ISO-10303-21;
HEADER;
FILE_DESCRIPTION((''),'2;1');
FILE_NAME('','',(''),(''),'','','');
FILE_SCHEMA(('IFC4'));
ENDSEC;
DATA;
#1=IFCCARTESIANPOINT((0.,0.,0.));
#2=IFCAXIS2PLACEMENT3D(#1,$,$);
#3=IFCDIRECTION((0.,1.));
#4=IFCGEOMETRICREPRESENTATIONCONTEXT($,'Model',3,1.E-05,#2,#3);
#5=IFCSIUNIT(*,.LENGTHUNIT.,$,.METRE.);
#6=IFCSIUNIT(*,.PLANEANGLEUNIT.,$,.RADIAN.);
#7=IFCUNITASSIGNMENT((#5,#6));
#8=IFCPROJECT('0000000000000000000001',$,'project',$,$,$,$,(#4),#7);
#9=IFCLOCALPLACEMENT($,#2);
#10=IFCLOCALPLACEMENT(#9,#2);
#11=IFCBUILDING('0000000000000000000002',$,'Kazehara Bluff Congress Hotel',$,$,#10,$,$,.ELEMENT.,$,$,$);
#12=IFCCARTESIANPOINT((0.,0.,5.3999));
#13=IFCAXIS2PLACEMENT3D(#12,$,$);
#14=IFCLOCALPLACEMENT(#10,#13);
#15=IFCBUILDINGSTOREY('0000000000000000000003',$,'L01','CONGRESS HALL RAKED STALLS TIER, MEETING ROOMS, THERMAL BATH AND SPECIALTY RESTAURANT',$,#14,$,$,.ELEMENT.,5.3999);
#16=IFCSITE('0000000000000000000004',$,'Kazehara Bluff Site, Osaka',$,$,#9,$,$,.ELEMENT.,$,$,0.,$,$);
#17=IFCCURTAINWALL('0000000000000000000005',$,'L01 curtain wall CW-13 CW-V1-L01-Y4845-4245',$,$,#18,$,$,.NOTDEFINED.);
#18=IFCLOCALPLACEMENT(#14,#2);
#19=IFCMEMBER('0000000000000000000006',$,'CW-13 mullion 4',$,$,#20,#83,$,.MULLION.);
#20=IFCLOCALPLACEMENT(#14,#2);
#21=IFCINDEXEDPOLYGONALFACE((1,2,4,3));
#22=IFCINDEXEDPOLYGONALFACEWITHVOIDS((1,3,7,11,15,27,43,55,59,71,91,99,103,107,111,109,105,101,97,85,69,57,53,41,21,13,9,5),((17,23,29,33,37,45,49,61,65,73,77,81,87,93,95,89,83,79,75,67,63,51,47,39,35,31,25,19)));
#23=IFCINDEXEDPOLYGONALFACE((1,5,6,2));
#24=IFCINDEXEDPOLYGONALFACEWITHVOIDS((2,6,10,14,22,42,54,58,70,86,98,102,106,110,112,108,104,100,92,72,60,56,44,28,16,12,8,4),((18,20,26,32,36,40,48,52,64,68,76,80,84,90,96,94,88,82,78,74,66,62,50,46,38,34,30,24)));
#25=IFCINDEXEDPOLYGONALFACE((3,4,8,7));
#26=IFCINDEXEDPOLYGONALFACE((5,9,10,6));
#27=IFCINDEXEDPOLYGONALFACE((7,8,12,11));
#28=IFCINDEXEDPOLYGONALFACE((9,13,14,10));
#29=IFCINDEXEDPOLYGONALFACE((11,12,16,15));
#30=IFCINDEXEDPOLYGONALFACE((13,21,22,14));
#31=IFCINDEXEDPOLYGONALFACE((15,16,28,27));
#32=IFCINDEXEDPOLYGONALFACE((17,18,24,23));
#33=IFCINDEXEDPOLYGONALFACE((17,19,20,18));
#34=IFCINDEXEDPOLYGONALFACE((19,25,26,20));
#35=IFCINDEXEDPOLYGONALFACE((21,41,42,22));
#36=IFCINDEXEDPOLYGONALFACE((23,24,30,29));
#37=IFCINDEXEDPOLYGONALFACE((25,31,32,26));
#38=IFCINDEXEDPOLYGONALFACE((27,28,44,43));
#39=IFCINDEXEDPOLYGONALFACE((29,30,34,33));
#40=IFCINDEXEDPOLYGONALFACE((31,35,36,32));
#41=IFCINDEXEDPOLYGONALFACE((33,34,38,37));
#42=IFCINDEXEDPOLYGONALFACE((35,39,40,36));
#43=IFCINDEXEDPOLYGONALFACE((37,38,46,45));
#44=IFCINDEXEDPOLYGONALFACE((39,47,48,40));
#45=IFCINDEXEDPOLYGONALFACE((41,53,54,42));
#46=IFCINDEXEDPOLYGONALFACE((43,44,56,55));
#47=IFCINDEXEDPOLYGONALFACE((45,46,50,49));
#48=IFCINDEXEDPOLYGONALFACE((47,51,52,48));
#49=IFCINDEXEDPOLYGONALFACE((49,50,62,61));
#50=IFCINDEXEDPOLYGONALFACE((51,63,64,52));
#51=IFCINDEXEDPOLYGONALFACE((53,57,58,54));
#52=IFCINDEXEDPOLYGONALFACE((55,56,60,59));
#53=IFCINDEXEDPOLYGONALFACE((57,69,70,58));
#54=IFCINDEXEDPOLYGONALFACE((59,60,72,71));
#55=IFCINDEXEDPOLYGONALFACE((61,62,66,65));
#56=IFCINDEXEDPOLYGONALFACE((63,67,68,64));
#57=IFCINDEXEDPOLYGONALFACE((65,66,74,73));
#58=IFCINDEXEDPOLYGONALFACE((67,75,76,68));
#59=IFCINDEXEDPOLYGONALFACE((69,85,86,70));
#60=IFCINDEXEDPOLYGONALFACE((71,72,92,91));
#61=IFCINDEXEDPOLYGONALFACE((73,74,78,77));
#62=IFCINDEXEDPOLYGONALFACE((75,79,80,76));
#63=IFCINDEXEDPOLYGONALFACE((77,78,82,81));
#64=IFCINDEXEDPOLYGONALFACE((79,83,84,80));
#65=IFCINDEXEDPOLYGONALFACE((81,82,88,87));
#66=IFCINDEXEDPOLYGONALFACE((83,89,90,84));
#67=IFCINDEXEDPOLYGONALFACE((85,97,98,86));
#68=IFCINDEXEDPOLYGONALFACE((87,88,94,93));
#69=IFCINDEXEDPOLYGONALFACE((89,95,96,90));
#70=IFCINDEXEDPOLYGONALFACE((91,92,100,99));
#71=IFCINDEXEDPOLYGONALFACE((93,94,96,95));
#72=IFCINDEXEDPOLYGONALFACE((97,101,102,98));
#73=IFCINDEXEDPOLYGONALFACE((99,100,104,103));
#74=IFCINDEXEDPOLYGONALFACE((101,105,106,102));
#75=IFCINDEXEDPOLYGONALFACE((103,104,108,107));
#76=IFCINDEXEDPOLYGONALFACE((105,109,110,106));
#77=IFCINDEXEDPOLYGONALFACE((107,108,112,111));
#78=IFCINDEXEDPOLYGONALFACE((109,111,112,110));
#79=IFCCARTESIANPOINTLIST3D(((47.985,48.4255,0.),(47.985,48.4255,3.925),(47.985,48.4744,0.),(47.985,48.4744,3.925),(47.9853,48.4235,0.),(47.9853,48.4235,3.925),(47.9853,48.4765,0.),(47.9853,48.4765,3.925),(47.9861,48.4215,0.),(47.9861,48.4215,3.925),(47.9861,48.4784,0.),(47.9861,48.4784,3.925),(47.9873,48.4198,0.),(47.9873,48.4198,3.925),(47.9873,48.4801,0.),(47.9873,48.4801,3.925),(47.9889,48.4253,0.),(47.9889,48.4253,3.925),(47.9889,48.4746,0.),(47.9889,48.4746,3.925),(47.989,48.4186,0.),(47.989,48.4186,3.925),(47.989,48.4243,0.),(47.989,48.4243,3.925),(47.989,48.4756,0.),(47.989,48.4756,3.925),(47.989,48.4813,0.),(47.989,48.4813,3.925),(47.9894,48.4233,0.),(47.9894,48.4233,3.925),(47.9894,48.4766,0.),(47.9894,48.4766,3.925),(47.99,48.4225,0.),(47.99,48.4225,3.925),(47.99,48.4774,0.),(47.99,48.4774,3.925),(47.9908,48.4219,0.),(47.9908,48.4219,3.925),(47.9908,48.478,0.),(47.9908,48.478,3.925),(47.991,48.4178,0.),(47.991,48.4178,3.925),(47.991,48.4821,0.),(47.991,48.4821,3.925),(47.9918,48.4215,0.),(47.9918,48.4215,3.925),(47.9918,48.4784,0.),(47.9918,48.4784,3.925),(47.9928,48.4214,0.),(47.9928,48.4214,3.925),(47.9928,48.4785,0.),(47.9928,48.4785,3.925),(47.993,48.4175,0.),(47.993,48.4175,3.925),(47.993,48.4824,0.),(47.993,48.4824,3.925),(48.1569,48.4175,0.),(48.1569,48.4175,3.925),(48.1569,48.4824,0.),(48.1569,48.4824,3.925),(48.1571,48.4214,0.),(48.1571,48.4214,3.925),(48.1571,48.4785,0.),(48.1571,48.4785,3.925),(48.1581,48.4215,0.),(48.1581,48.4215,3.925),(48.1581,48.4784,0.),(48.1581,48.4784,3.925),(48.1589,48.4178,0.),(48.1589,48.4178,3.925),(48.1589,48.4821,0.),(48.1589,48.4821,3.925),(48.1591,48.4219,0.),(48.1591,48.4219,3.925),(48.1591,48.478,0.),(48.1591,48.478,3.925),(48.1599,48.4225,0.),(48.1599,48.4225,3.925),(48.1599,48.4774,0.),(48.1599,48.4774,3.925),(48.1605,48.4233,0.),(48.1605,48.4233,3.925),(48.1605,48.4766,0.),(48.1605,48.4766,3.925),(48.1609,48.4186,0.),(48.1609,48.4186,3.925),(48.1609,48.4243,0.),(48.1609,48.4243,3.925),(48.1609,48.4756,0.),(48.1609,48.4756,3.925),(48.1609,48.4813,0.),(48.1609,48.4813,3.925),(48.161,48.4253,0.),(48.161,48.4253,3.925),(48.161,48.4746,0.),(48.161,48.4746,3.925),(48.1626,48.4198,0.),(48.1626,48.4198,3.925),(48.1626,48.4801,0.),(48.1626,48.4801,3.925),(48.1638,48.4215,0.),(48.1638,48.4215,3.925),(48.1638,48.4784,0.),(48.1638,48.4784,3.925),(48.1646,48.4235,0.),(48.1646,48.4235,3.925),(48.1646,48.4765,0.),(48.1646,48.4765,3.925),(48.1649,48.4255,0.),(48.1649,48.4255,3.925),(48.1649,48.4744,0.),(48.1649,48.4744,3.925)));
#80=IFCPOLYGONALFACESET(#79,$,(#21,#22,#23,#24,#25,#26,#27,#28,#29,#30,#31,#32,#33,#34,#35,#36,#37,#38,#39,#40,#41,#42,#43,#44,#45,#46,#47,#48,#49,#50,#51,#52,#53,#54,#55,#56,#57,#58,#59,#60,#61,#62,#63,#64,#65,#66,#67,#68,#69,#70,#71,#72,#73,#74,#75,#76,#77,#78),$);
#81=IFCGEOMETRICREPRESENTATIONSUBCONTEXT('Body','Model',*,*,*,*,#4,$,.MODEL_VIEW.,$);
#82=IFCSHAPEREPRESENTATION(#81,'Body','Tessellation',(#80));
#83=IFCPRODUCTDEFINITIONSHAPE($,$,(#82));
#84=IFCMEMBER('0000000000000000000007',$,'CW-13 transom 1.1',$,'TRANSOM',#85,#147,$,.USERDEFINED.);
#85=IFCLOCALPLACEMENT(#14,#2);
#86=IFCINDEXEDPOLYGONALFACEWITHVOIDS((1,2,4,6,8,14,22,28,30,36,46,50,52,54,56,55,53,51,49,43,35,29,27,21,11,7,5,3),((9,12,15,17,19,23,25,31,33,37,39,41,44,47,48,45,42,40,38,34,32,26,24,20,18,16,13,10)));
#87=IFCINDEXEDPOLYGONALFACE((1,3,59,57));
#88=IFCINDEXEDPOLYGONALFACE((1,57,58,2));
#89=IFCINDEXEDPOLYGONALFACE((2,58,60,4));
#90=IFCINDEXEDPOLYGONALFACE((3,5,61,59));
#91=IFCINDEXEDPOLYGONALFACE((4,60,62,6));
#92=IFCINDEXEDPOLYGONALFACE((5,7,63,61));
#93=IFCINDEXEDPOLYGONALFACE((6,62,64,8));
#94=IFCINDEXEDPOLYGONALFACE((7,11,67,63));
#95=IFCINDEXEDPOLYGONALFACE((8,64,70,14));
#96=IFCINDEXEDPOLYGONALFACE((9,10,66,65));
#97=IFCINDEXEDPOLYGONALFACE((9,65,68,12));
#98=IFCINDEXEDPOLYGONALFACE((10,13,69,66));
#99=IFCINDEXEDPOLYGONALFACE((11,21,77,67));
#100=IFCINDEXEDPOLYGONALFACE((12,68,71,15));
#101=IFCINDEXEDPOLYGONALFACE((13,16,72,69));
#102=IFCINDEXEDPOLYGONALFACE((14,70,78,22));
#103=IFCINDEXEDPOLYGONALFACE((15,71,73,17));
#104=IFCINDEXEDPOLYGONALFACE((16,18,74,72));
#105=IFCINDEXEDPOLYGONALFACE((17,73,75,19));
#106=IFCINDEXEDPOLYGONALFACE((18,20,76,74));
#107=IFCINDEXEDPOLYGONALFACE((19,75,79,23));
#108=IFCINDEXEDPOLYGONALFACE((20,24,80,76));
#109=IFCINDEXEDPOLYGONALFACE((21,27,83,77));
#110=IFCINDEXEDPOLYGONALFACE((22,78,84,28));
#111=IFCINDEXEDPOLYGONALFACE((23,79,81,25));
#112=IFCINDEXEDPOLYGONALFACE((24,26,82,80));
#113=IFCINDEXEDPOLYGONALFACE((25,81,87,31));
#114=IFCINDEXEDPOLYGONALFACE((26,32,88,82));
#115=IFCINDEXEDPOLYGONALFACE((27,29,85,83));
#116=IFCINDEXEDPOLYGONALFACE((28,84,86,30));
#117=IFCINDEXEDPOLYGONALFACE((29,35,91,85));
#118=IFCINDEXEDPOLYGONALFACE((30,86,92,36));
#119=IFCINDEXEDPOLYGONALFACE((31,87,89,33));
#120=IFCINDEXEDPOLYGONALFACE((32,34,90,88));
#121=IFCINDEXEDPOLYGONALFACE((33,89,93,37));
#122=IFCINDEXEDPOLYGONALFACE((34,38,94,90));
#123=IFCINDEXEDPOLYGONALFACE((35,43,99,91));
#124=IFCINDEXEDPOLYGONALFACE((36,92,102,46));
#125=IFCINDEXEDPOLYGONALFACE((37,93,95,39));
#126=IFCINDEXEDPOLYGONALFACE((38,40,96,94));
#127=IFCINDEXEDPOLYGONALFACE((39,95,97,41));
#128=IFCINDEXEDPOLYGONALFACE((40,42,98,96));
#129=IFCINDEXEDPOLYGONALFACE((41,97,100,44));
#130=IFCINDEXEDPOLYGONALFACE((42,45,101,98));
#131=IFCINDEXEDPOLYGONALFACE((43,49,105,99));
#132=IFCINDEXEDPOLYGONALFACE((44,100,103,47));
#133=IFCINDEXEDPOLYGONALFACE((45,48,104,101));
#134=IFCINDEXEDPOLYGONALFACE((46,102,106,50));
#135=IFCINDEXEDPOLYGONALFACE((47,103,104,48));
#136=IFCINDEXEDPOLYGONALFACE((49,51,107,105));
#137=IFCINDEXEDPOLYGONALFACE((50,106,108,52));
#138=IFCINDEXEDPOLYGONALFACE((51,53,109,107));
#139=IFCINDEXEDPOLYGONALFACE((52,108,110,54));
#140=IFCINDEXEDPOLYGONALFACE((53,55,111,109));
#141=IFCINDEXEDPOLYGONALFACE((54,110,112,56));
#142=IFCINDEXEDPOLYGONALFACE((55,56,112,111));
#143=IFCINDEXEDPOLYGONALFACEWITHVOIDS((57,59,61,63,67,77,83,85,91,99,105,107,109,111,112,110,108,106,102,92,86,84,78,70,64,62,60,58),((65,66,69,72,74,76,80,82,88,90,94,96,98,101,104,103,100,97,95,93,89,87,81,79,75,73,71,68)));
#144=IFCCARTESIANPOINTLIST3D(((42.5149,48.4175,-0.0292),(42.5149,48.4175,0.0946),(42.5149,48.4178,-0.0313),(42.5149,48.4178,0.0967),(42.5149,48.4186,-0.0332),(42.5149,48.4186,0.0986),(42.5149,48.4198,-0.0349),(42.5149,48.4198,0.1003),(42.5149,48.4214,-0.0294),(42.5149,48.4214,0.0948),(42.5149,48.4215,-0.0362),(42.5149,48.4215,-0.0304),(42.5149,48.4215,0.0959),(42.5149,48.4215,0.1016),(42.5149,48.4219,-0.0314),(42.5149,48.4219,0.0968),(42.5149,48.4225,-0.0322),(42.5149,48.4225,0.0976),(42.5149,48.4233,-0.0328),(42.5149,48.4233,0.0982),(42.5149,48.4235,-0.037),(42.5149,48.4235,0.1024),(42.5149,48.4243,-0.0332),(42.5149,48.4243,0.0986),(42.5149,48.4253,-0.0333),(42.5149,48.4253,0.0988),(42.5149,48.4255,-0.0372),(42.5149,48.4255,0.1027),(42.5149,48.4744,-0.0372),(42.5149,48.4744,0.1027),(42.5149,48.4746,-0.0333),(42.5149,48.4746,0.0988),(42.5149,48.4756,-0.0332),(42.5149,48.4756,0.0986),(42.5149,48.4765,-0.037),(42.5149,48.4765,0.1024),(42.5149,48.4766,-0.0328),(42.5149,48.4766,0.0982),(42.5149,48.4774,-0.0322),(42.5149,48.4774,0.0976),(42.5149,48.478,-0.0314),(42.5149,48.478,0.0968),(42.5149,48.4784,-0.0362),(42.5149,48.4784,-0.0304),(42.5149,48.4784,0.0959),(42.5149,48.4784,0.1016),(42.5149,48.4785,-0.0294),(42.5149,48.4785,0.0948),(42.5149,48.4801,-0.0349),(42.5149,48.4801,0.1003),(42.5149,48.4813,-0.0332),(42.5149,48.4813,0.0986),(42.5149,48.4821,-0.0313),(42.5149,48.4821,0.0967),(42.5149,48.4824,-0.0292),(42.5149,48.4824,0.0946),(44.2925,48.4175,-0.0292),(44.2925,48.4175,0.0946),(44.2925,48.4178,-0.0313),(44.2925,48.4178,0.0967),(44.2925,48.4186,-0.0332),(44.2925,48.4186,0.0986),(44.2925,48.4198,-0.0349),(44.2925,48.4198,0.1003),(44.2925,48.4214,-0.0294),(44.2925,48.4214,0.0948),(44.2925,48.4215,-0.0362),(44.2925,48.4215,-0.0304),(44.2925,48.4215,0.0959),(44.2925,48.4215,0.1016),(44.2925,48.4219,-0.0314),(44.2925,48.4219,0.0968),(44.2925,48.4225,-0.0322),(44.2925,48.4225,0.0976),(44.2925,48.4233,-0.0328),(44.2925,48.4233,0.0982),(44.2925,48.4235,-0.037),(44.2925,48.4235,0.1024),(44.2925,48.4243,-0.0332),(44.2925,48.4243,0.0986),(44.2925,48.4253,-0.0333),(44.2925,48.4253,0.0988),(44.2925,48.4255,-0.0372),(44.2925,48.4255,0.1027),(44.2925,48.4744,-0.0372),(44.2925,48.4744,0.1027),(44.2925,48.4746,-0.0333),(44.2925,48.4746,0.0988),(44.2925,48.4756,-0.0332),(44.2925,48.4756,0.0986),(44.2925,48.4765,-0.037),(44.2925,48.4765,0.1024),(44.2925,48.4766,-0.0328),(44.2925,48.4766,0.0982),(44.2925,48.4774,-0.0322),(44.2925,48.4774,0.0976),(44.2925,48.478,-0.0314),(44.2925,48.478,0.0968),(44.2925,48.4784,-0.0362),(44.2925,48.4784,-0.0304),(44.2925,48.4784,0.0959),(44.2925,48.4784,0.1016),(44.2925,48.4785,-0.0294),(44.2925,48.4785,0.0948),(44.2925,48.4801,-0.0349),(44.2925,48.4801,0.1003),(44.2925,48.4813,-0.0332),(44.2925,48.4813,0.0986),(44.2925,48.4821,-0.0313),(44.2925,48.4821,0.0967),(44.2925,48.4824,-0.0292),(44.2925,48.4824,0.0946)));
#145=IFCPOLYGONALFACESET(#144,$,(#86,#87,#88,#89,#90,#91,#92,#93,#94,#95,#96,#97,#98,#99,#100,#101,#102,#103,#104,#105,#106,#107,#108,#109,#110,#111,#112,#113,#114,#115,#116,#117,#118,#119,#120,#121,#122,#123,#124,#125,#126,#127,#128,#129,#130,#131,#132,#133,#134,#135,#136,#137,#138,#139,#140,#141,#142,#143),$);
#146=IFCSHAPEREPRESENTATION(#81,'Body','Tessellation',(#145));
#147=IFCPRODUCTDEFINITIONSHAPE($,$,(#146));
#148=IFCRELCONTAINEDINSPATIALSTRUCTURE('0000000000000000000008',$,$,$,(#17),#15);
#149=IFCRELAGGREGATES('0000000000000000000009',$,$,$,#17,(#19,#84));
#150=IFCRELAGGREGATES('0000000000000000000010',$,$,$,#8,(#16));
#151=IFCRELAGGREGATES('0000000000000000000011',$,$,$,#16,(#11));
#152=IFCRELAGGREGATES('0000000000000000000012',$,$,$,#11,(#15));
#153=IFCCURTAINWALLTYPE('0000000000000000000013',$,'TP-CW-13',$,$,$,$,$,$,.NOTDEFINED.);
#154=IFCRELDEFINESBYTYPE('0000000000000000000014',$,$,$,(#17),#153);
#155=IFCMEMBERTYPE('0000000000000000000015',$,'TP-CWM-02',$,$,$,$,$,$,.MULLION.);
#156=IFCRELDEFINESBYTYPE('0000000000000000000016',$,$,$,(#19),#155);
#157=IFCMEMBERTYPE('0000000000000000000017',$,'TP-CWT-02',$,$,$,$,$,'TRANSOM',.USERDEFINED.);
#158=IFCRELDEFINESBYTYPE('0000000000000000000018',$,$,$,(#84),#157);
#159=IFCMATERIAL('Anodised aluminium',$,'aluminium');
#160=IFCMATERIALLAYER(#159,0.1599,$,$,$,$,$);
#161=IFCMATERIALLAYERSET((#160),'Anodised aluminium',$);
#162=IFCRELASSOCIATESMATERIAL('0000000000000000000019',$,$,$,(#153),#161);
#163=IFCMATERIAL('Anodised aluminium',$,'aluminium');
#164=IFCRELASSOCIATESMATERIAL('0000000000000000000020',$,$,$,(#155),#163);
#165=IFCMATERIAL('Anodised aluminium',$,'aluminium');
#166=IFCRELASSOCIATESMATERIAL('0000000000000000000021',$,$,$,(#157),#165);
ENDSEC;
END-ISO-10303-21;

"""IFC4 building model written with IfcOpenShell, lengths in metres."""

from ifc_helpers import new_model, si_unit, direction, frame, origin, origin_2d, place, context, subcontext, project, spatial, hollow_rectangle, extrude, material, layer, layer_set, material_profile, profile_set, type_object, element, aggregate, save


model = new_model("IFC4")

# Units and contexts
model_context = context("Model", 3, precision=1e-05, world=origin(), true_north=direction((0.0, 1.0)))
body_context = subcontext(model_context, "Body", "Model", "MODEL_VIEW")
ifc_project = project(units=[si_unit("LENGTHUNIT", "METRE"), si_unit("PLANEANGLEUNIT", "RADIAN")], contexts=[model_context])

# Site, building, storey
site_placement = place(None, origin())
site = spatial("IfcSite", under=ifc_project, at=site_placement, Name="Kazehara Bluff Site, Osaka", CompositionType="ELEMENT", RefElevation=0.0)
building_placement = place(site_placement, origin())
building = spatial("IfcBuilding", under=site, at=building_placement, Name="Kazehara Bluff Congress Hotel", CompositionType="ELEMENT")
storey_placement = place(building_placement, frame((0.0, 0.0, 5.3999)))
storey = spatial("IfcBuildingStorey", under=building, at=storey_placement, Name="L01", Description="CONGRESS HALL RAKED STALLS TIER, MEETING ROOMS, THERMAL BATH AND SPECIALTY RESTAURANT", CompositionType="ELEMENT", Elevation=5.3999)

# Curtain wall, members
ifc_material_1 = material(Name="Anodised aluminium", Category="aluminium")
ifc_layer_1 = layer(ifc_material_1, 0.1599)
ifc_layer_set_1 = layer_set([ifc_layer_1], Name="Anodised aluminium")
curtain_wall_type = type_object("IfcCurtainWallType", Name="TP-CW-13", PredefinedType="NOTDEFINED", material=ifc_layer_set_1)
curtain_wall_placement = place(storey_placement, origin())
curtain_wall = element("IfcCurtainWall", 1, at=curtain_wall_placement, inside=storey, type_object=curtain_wall_type, Name="L01 curtain wall CW-13 CW-V1-L01-Y4845-4245", PredefinedType="NOTDEFINED")
ifc_material_2 = material(Name="Anodised aluminium", Category="aluminium")
ifc_material_profile_1 = material_profile(ifc_material_2, hollow_rectangle(XDim=0.0649, YDim=0.1799, WallThickness=0.0039, InnerFilletRadius=0.0039, OuterFilletRadius=0.0081, at=origin_2d()))
ifc_profile_set_1 = profile_set([ifc_material_profile_1], Name="Anodised aluminium")
member_type_1 = type_object("IfcMemberType", Name="TP-CWM-02", PredefinedType="MULLION", material=ifc_profile_set_1)
member_1_placement = place(storey_placement, frame((48.075, 48.45, 0.0), z_axis=(0.0, 0.0, 1.0), x_axis=(0.0, 1.0, 0.0)))
member_1 = element("IfcMember", 2, at=member_1_placement, type_object=member_type_1, Name="CW-13 mullion 4", PredefinedType="MULLION", context=body_context, shape_type="SweptSolid", body=[
    extrude(hollow_rectangle(XDim=0.0649, YDim=0.1799, WallThickness=0.0039, InnerFilletRadius=0.0039, OuterFilletRadius=0.0081, at=origin_2d()), origin(), (0.0, 0.0, 1.0), 3.925),
])
ifc_material_3 = material(Name="Anodised aluminium", Category="aluminium")
ifc_material_profile_2 = material_profile(ifc_material_3, hollow_rectangle(XDim=0.0649, YDim=0.1399, WallThickness=0.0039, InnerFilletRadius=0.0039, OuterFilletRadius=0.0081, at=origin_2d()))
ifc_profile_set_2 = profile_set([ifc_material_profile_2], Name="Anodised aluminium")
member_type_2 = type_object("IfcMemberType", Name="TP-CWT-02", ElementType="TRANSOM", PredefinedType="USERDEFINED", material=ifc_profile_set_2)
member_2_placement = place(storey_placement, frame((42.5149, 48.45, 0.0327), z_axis=(1.0, 0.0, 0.0), x_axis=(0.0, 1.0, 0.0)))
member_2 = element("IfcMember", 3, at=member_2_placement, type_object=member_type_2, Name="CW-13 transom 1.1", ObjectType="TRANSOM", PredefinedType="USERDEFINED", context=body_context, shape_type="SweptSolid", body=[
    extrude(hollow_rectangle(XDim=0.0649, YDim=0.1399, WallThickness=0.0039, InnerFilletRadius=0.0039, OuterFilletRadius=0.0081, at=origin_2d()), origin(), (0.0, 0.0, 1.0), 1.7776),
])
aggregate(curtain_wall, [member_1, member_2])

save(model, "model.ifc")
